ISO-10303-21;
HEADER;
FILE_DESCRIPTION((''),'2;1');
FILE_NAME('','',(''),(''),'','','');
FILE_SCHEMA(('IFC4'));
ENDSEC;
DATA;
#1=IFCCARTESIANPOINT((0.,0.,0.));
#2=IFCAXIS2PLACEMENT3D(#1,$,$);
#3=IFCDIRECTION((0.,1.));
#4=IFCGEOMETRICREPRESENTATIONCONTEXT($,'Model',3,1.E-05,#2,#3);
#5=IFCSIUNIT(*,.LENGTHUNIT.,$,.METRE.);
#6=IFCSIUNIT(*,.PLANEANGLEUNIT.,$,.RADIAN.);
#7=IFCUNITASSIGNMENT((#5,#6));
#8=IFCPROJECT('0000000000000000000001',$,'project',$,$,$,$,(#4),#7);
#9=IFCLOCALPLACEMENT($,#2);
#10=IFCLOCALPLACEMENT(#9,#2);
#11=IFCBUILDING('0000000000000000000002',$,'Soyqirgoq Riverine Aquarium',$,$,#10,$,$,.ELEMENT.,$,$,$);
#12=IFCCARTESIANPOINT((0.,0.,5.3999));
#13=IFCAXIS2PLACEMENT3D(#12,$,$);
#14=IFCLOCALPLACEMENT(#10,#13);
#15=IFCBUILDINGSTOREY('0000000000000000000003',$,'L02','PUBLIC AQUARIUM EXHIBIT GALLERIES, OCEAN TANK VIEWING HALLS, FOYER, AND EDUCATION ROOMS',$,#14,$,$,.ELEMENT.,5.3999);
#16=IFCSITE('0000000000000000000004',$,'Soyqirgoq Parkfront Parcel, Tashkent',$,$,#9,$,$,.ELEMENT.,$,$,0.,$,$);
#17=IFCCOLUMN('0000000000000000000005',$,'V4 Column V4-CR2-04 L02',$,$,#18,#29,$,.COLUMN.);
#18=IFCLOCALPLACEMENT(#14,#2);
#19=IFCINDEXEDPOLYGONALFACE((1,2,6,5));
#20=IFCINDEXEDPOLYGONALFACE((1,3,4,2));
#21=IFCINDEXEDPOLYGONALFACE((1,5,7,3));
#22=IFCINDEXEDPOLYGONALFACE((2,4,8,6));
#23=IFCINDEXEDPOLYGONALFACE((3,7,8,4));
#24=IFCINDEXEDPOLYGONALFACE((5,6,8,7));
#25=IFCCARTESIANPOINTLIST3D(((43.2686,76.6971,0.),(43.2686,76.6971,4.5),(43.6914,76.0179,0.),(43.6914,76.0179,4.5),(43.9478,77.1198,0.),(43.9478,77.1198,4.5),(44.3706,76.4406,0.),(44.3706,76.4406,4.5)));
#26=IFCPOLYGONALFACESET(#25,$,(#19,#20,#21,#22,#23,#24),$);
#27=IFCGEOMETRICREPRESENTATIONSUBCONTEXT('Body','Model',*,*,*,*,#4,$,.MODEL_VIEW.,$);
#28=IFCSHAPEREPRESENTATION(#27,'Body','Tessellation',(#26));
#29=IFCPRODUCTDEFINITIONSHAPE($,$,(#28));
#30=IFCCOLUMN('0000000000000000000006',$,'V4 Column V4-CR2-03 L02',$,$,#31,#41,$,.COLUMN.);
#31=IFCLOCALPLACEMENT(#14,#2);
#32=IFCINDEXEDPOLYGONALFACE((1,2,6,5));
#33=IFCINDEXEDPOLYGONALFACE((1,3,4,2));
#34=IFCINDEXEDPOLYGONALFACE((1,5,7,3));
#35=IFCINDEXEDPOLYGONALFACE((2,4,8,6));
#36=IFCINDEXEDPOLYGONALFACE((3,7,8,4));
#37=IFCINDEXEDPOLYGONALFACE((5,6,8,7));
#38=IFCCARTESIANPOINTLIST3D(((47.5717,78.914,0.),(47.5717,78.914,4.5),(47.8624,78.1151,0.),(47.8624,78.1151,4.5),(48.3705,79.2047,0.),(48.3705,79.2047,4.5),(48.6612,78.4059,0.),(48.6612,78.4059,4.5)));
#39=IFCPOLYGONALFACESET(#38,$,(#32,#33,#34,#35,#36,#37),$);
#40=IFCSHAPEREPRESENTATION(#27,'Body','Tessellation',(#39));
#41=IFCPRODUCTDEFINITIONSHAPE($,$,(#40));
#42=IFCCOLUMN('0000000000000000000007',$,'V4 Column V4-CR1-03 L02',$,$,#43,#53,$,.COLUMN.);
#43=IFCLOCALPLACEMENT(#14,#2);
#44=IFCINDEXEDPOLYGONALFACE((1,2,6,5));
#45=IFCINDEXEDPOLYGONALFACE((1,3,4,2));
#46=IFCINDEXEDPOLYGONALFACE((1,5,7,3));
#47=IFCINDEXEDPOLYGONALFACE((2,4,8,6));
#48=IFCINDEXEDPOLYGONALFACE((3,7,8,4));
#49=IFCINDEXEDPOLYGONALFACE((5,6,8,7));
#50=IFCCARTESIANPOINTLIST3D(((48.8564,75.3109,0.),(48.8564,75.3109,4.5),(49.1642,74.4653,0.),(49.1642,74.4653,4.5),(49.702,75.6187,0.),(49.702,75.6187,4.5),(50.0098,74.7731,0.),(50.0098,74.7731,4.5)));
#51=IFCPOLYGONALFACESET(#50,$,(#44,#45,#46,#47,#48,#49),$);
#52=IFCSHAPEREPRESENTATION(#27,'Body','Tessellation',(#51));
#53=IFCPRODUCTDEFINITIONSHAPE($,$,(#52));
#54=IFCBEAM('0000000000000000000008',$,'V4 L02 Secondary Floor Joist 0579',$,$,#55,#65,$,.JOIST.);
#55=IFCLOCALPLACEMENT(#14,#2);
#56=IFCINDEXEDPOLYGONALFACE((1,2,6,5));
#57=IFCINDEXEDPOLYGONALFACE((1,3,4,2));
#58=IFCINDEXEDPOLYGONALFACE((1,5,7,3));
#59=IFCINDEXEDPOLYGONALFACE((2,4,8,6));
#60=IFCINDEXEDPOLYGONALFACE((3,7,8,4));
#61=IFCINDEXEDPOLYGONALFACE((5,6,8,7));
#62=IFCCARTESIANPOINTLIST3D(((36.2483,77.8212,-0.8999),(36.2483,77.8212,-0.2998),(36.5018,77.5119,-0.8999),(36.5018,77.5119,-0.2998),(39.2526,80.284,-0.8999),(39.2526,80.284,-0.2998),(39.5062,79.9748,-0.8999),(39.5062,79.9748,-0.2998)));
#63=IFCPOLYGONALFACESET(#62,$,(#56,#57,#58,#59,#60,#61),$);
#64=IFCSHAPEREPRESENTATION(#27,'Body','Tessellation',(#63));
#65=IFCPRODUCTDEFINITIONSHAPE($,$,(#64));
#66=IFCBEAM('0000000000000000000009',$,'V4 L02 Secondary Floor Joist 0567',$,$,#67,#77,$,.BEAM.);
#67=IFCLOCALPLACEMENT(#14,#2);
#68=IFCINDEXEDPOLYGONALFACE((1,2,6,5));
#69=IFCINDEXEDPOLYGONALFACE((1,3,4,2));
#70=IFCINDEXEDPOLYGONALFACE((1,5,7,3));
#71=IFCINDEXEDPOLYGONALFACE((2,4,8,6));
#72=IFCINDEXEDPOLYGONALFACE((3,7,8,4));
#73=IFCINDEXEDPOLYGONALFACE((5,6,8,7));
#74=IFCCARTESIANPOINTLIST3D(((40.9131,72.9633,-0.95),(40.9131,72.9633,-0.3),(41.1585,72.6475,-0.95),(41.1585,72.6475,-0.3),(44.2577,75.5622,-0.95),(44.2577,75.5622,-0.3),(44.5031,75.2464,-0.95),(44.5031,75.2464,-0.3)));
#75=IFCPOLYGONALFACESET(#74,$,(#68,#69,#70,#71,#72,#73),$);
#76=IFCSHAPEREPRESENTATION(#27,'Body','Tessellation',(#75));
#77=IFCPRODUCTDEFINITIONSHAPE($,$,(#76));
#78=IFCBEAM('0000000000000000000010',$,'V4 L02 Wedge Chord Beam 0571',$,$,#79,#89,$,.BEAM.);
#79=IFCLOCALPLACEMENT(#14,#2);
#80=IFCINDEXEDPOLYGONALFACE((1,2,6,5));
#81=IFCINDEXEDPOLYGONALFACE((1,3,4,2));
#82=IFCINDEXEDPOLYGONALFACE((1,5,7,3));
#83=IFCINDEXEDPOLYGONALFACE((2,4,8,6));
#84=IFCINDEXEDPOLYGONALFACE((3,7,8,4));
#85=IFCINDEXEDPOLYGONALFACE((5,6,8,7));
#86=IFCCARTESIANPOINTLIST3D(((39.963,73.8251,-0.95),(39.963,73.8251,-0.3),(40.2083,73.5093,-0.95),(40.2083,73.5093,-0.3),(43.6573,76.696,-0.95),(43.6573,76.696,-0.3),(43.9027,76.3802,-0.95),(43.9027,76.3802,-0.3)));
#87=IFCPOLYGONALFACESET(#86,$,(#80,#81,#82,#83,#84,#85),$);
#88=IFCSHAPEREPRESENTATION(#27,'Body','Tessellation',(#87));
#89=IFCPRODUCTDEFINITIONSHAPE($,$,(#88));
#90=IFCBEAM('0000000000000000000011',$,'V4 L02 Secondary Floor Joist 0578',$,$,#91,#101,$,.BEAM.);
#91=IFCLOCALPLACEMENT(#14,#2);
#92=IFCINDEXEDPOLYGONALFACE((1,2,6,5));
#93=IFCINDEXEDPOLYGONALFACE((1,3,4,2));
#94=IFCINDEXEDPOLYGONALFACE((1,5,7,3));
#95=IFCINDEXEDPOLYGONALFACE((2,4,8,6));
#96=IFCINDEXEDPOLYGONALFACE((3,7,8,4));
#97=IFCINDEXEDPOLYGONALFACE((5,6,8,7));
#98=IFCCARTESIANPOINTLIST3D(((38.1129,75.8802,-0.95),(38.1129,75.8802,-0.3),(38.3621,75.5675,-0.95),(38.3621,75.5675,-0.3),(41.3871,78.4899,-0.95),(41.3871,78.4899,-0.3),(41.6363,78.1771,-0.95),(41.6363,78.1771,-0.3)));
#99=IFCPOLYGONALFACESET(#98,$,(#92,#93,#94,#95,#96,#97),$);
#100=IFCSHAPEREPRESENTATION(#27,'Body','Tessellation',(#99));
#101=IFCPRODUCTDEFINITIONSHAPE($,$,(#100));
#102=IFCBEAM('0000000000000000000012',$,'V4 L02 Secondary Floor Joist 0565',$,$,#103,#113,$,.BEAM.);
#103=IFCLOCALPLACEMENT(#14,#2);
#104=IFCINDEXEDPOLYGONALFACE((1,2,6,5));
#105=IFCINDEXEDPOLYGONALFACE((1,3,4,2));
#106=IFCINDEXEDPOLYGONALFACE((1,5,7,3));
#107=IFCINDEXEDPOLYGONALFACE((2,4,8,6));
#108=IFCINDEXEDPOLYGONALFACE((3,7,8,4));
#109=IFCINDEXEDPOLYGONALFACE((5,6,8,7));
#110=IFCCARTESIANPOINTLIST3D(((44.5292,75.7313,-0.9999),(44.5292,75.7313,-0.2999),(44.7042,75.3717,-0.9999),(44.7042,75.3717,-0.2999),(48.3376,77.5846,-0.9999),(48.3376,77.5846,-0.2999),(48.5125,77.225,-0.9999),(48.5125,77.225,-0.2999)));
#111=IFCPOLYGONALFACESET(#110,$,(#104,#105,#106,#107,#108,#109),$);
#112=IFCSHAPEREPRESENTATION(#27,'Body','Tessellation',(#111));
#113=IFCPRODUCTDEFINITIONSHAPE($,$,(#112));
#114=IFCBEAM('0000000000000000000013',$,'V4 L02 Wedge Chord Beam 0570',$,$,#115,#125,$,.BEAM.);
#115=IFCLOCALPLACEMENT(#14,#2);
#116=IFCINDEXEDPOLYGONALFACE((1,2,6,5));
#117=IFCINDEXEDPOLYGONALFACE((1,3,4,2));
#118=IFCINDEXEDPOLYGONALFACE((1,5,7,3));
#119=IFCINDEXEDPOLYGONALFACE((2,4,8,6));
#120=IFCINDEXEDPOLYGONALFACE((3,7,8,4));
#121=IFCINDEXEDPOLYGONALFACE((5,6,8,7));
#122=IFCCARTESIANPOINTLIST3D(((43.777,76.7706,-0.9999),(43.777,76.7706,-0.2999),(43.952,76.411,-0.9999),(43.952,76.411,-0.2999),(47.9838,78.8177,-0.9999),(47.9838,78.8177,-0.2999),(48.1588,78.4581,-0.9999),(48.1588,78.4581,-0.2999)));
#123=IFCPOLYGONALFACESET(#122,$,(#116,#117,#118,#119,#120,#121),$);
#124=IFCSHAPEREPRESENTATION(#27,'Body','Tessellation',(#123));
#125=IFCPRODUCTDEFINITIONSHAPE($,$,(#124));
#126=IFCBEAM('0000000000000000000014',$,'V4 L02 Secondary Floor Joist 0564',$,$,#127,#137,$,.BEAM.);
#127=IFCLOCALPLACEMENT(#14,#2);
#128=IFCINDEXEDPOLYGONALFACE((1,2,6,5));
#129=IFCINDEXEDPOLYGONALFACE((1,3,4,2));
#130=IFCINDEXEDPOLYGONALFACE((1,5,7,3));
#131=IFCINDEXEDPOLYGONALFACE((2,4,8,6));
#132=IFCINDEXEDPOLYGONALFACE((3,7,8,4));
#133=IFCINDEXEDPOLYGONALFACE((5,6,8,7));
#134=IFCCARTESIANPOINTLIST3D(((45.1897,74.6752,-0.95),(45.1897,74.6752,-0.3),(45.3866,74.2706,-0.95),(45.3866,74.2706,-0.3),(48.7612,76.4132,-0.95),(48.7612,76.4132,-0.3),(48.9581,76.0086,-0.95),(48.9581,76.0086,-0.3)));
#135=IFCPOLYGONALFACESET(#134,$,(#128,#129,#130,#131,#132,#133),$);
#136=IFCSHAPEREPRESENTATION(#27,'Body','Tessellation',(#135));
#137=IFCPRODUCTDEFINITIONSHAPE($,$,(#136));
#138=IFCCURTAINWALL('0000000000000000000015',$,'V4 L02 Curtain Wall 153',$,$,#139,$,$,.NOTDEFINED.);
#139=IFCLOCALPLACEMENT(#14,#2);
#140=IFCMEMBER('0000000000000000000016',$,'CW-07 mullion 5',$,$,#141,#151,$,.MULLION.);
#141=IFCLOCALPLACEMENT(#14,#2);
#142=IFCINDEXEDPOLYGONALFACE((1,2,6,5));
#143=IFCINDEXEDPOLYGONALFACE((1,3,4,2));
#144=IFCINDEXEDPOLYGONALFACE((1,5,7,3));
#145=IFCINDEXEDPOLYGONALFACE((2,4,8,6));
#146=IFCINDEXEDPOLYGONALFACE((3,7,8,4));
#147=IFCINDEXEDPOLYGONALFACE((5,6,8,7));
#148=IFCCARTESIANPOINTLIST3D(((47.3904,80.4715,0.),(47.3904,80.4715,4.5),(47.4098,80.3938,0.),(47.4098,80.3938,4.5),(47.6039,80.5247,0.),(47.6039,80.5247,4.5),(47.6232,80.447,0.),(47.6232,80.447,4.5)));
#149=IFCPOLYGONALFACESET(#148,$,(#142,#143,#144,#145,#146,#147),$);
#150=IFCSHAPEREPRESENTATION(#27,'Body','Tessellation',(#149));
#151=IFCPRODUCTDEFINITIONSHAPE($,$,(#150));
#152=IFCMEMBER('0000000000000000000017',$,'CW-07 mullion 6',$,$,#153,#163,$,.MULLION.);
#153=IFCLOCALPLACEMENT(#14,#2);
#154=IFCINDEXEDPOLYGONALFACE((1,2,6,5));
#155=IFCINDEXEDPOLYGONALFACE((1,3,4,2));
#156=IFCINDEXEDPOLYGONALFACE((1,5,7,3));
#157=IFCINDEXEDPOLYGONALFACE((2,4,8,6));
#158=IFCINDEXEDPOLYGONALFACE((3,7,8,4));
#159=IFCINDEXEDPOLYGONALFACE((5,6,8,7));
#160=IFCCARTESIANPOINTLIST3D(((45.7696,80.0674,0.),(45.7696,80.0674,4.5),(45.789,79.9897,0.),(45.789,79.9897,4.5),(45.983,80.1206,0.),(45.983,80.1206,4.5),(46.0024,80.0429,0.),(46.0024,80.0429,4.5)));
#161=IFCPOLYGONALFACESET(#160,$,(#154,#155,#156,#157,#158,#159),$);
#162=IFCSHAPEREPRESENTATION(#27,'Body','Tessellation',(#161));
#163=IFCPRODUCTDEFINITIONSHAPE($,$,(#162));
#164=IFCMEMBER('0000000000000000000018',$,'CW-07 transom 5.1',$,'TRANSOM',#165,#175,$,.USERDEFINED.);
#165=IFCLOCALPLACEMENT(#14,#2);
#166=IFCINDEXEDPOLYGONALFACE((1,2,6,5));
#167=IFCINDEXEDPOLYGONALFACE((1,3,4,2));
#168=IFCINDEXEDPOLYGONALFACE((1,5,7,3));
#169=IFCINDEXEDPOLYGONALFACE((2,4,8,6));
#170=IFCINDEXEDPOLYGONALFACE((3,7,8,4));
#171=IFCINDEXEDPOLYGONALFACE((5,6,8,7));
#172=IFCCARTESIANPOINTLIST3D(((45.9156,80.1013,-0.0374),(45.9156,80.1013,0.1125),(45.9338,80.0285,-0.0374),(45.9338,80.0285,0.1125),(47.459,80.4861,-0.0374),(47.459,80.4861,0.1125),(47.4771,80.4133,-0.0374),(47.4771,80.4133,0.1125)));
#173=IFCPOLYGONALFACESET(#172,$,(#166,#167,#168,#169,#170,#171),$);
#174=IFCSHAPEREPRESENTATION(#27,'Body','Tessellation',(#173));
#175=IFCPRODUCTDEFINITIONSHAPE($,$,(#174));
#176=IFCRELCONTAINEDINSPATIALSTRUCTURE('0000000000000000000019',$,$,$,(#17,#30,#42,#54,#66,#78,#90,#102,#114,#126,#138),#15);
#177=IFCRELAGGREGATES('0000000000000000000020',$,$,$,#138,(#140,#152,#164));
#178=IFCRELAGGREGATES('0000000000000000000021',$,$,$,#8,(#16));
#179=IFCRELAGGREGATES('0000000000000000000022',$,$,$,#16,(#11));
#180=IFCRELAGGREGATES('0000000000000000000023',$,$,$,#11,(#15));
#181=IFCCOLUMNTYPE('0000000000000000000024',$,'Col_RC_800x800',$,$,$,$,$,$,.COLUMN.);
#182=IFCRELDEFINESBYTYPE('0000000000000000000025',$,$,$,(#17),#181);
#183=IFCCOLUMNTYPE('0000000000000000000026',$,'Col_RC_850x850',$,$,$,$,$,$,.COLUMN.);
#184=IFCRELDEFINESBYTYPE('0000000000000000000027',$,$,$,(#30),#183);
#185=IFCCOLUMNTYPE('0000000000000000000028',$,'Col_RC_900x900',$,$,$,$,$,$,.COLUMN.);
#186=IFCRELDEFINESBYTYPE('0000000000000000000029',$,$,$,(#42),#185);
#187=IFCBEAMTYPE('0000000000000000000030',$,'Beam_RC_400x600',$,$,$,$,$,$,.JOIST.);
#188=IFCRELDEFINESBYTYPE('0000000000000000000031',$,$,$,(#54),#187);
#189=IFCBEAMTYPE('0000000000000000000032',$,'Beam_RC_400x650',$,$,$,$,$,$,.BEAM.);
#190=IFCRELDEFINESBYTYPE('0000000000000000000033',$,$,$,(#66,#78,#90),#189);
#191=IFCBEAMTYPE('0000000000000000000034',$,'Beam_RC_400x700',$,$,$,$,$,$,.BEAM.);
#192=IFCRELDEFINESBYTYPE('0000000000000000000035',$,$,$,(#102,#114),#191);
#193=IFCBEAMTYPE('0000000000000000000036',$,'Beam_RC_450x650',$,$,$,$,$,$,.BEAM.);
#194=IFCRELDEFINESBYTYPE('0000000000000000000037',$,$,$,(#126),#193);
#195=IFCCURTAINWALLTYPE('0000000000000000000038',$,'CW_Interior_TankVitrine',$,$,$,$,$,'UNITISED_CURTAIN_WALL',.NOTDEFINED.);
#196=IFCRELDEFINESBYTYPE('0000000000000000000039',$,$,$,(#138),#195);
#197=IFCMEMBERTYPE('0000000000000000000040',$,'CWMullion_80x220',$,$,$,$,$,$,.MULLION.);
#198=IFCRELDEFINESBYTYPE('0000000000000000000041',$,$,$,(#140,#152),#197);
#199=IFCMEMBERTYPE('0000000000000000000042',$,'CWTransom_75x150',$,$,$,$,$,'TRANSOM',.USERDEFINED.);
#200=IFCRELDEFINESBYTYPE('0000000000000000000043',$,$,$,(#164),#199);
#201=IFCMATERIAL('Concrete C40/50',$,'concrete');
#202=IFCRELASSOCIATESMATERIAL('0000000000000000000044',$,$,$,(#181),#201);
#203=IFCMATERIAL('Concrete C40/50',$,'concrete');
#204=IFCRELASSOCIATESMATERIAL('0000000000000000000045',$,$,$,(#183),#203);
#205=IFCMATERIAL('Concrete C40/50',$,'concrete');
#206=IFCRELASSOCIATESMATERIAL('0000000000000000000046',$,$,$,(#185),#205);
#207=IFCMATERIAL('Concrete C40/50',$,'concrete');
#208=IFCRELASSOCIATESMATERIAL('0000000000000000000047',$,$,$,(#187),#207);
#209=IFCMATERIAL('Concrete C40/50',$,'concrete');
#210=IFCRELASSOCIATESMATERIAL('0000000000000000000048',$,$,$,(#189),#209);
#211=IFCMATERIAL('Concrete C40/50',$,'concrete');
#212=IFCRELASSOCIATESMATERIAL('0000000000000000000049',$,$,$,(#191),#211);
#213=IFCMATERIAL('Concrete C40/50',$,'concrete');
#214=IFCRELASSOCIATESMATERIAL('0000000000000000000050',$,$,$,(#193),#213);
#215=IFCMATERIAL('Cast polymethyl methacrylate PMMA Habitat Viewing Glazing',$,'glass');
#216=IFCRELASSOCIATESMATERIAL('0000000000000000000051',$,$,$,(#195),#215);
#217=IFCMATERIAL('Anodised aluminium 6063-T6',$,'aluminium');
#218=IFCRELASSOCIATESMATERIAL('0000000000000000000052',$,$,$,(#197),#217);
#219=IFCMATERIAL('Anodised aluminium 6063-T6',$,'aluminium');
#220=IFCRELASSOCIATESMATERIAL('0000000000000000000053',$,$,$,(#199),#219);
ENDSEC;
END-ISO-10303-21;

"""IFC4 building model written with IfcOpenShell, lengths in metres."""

from ifc_helpers import new_model, si_unit, direction, frame, origin, origin_2d, place, context, subcontext, project, spatial, rectangle, extrude, material, material_profile, profile_set, type_object, element, aggregate, save


model = new_model("IFC4")

# Units and contexts
model_context = context("Model", 3, precision=1e-05, world=origin(), true_north=direction((0.0, 1.0)))
body_context = subcontext(model_context, "Body", "Model", "MODEL_VIEW")
ifc_project = project(units=[si_unit("LENGTHUNIT", "METRE"), si_unit("PLANEANGLEUNIT", "RADIAN")], contexts=[model_context])

# Site, building, storey
site_placement = place(None, origin())
site = spatial("IfcSite", under=ifc_project, at=site_placement, Name="Soyqirgoq Parkfront Parcel, Tashkent", CompositionType="ELEMENT", RefElevation=0.0)
building_placement = place(site_placement, origin())
building = spatial("IfcBuilding", under=site, at=building_placement, Name="Soyqirgoq Riverine Aquarium", CompositionType="ELEMENT")
storey_placement = place(building_placement, frame((0.0, 0.0, 5.3999)))
storey = spatial("IfcBuildingStorey", under=building, at=storey_placement, Name="L02", Description="PUBLIC AQUARIUM EXHIBIT GALLERIES, OCEAN TANK VIEWING HALLS, FOYER, AND EDUCATION ROOMS", CompositionType="ELEMENT", Elevation=5.3999)

# Columns
ifc_material_1 = material(Name="Concrete C40/50", Category="concrete")
ifc_material_profile_1 = material_profile(ifc_material_1, rectangle(XDim=0.8, YDim=0.8, at=origin_2d()), Name="RC 800x800")
ifc_profile_set_1 = profile_set([ifc_material_profile_1], Name="Concrete C40/50")
column_type_1 = type_object("IfcColumnType", Name="Col_RC_800x800", PredefinedType="COLUMN", material=ifc_profile_set_1)
column_1_placement = place(storey_placement, frame((43.8196, 76.5688, 0.0), z_axis=(0.0, 0.0, 1.0), x_axis=(-0.528438, 0.848972, 0.0)))
element("IfcColumn", 1, at=column_1_placement, inside=storey, type_object=column_type_1, Name="V4 Column V4-CR2-04 L02", PredefinedType="COLUMN", context=body_context, shape_type="SweptSolid", body=[
    extrude(rectangle(XDim=0.8, YDim=0.8, at=origin_2d()), origin(), (0.0, 0.0, 1.0), 4.5),
])
ifc_material_2 = material(Name="Concrete C40/50", Category="concrete")
ifc_material_profile_2 = material_profile(ifc_material_2, rectangle(XDim=0.8501, YDim=0.8501, at=origin_2d()), Name="RC 850x850")
ifc_profile_set_2 = profile_set([ifc_material_profile_2], Name="Concrete C40/50")
column_type_2 = type_object("IfcColumnType", Name="Col_RC_850x850", PredefinedType="COLUMN", material=ifc_profile_set_2)
column_2_placement = place(storey_placement, frame((48.1165, 78.6599, 0.0), z_axis=(0.0, 0.0, 1.0), x_axis=(-0.34202, 0.939693, 0.0)))
element("IfcColumn", 2, at=column_2_placement, inside=storey, type_object=column_type_2, Name="V4 Column V4-CR2-03 L02", PredefinedType="COLUMN", context=body_context, shape_type="SweptSolid", body=[
    extrude(rectangle(XDim=0.8501, YDim=0.8501, at=origin_2d()), origin(), (0.0, 0.0, 1.0), 4.5),
])
ifc_material_3 = material(Name="Concrete C40/50", Category="concrete")
ifc_material_profile_3 = material_profile(ifc_material_3, rectangle(XDim=0.8999, YDim=0.8999, at=origin_2d()), Name="RC 900x900")
ifc_profile_set_3 = profile_set([ifc_material_profile_3], Name="Concrete C40/50")
column_type_3 = type_object("IfcColumnType", Name="Col_RC_900x900", PredefinedType="COLUMN", material=ifc_profile_set_3)
column_3_placement = place(storey_placement, frame((49.4331, 75.042, 0.0), z_axis=(0.0, 0.0, 1.0), x_axis=(-0.34202, 0.939693, 0.0)))
element("IfcColumn", 3, at=column_3_placement, inside=storey, type_object=column_type_3, Name="V4 Column V4-CR1-03 L02", PredefinedType="COLUMN", context=body_context, shape_type="SweptSolid", body=[
    extrude(rectangle(XDim=0.8999, YDim=0.8999, at=origin_2d()), origin(), (0.0, 0.0, 1.0), 4.5),
])

# Beams
ifc_material_4 = material(Name="Concrete C40/50", Category="concrete")
ifc_material_profile_4 = material_profile(ifc_material_4, rectangle(XDim=0.3999, YDim=0.6001, at=origin_2d()), Name="RC 400x600")
ifc_profile_set_4 = profile_set([ifc_material_profile_4], Name="Concrete C40/50")
beam_type_1 = type_object("IfcBeamType", Name="Beam_RC_400x600", PredefinedType="JOIST", material=ifc_profile_set_4)
beam_1_placement = place(storey_placement, frame((39.3794, 80.1294, -0.5999), z_axis=(-0.773358, -0.63397, 0.0), x_axis=(0.63397, -0.773358, 0.0)))
element("IfcBeam", 4, at=beam_1_placement, inside=storey, type_object=beam_type_1, Name="V4 L02 Secondary Floor Joist 0579", PredefinedType="JOIST", context=body_context, shape_type="SweptSolid", body=[
    extrude(rectangle(XDim=0.3999, YDim=0.6001, at=origin_2d()), origin(), (0.0, 0.0, 1.0), 3.8848),
])
ifc_material_5 = material(Name="Concrete C40/50", Category="concrete")
ifc_material_profile_5 = material_profile(ifc_material_5, rectangle(XDim=0.3999, YDim=0.6499, at=origin_2d()), Name="RC 400x650")
ifc_profile_set_5 = profile_set([ifc_material_profile_5], Name="Concrete C40/50")
beam_type_2 = type_object("IfcBeamType", Name="Beam_RC_400x650", PredefinedType="BEAM", material=ifc_profile_set_5)
beam_2_placement = place(storey_placement, frame((44.3804, 75.4043, -0.625), z_axis=(-0.789625, -0.613589, 0.0), x_axis=(0.613589, -0.789625, 0.0)))
element("IfcBeam", 5, at=beam_2_placement, inside=storey, type_object=beam_type_2, Name="V4 L02 Secondary Floor Joist 0567", PredefinedType="BEAM", context=body_context, shape_type="SweptSolid", body=[
    extrude(rectangle(XDim=0.3999, YDim=0.6499, at=origin_2d()), origin(), (0.0, 0.0, 1.0), 4.2356),
])
beam_3_placement = place(storey_placement, frame((43.78, 76.5381, -0.625), z_axis=(-0.789613, -0.613605, 0.0), x_axis=(0.613605, -0.789613, 0.0)))
element("IfcBeam", 6, at=beam_3_placement, inside=storey, type_object=beam_type_2, Name="V4 L02 Wedge Chord Beam 0571", PredefinedType="BEAM", context=body_context, shape_type="SweptSolid", body=[
    extrude(rectangle(XDim=0.3999, YDim=0.6499, at=origin_2d()), origin(), (0.0, 0.0, 1.0), 4.6787),
])
beam_4_placement = place(storey_placement, frame((41.5117, 78.3335, -0.625), z_axis=(-0.782, -0.623279, 0.0), x_axis=(0.623279, -0.782, 0.0)))
element("IfcBeam", 7, at=beam_4_placement, inside=storey, type_object=beam_type_2, Name="V4 L02 Secondary Floor Joist 0578", PredefinedType="BEAM", context=body_context, shape_type="SweptSolid", body=[
    extrude(rectangle(XDim=0.3999, YDim=0.6499, at=origin_2d()), origin(), (0.0, 0.0, 1.0), 4.187),
])
ifc_material_6 = material(Name="Concrete C40/50", Category="concrete")
ifc_material_profile_6 = material_profile(ifc_material_6, rectangle(XDim=0.3999, YDim=0.7, at=origin_2d()), Name="RC 400x700")
ifc_profile_set_6 = profile_set([ifc_material_profile_6], Name="Concrete C40/50")
beam_type_3 = type_object("IfcBeamType", Name="Beam_RC_400x700", PredefinedType="BEAM", material=ifc_profile_set_6)
beam_5_placement = place(storey_placement, frame((48.425, 77.4048, -0.6499), z_axis=(-0.899183, -0.437573, 0.0), x_axis=(0.437573, -0.899183, 0.0)))
element("IfcBeam", 8, at=beam_5_placement, inside=storey, type_object=beam_type_3, Name="V4 L02 Secondary Floor Joist 0565", PredefinedType="BEAM", context=body_context, shape_type="SweptSolid", body=[
    extrude(rectangle(XDim=0.3999, YDim=0.7, at=origin_2d()), origin(), (0.0, 0.0, 1.0), 4.2354),
])
beam_6_placement = place(storey_placement, frame((48.0713, 78.6379, -0.6499), z_axis=(-0.899187, -0.437565, 0.0), x_axis=(0.437565, -0.899187, 0.0)))
element("IfcBeam", 9, at=beam_6_placement, inside=storey, type_object=beam_type_3, Name="V4 L02 Wedge Chord Beam 0570", PredefinedType="BEAM", context=body_context, shape_type="SweptSolid", body=[
    extrude(rectangle(XDim=0.3999, YDim=0.7, at=origin_2d()), origin(), (0.0, 0.0, 1.0), 4.6785),
])
ifc_material_7 = material(Name="Concrete C40/50", Category="concrete")
ifc_material_profile_7 = material_profile(ifc_material_7, rectangle(XDim=0.45, YDim=0.6499, at=origin_2d()), Name="RC 450x650")
ifc_profile_set_7 = profile_set([ifc_material_profile_7], Name="Concrete C40/50")
beam_type_4 = type_object("IfcBeamType", Name="Beam_RC_450x650", PredefinedType="BEAM", material=ifc_profile_set_7)
beam_7_placement = place(storey_placement, frame((48.8596, 76.2109, -0.625), z_axis=(-0.899182, -0.437575, 0.0), x_axis=(0.437575, -0.899182, 0.0)))
element("IfcBeam", 10, at=beam_7_placement, inside=storey, type_object=beam_type_4, Name="V4 L02 Secondary Floor Joist 0564", PredefinedType="BEAM", context=body_context, shape_type="SweptSolid", body=[
    extrude(rectangle(XDim=0.45, YDim=0.6499, at=origin_2d()), origin(), (0.0, 0.0, 1.0), 3.9719),
])

# Curtain wall, members
ifc_material_8 = material(Name="Cast polymethyl methacrylate PMMA Habitat Viewing Glazing", Category="glass")
curtain_wall_type = type_object("IfcCurtainWallType", Name="CW_Interior_TankVitrine", ElementType="UNITISED_CURTAIN_WALL", PredefinedType="NOTDEFINED", material=ifc_material_8)
curtain_wall_placement = place(storey_placement, origin())
curtain_wall = element("IfcCurtainWall", 11, at=curtain_wall_placement, inside=storey, type_object=curtain_wall_type, Name="V4 L02 Curtain Wall 153", PredefinedType="NOTDEFINED")
ifc_material_9 = material(Name="Anodised aluminium 6063-T6", Category="aluminium")
ifc_material_profile_8 = material_profile(ifc_material_9, rectangle(XDim=0.0801, YDim=0.22, at=origin_2d()), Name="ALU-M 80x220")
ifc_profile_set_8 = profile_set([ifc_material_profile_8], Name="Anodised aluminium 6063-T6")
member_type_1 = type_object("IfcMemberType", Name="CWMullion_80x220", PredefinedType="MULLION", material=ifc_profile_set_8)
member_1_placement = place(storey_placement, frame((47.5068, 80.4592, 0.0), z_axis=(0.0, 0.0, 1.0), x_axis=(0.241922, -0.970296, 0.0)))
member_1 = element("IfcMember", 12, at=member_1_placement, type_object=member_type_1, Name="CW-07 mullion 5", PredefinedType="MULLION", context=body_context, shape_type="SweptSolid", body=[
    extrude(rectangle(XDim=0.0801, YDim=0.22, at=origin_2d()), origin(), (0.0, 0.0, 1.0), 4.5),
])
member_2_placement = place(storey_placement, frame((45.886, 80.0552, 0.0), z_axis=(0.0, 0.0, 1.0), x_axis=(0.241922, -0.970296, 0.0)))
member_2 = element("IfcMember", 13, at=member_2_placement, type_object=member_type_1, Name="CW-07 mullion 6", PredefinedType="MULLION", context=body_context, shape_type="SweptSolid", body=[
    extrude(rectangle(XDim=0.0801, YDim=0.22, at=origin_2d()), origin(), (0.0, 0.0, 1.0), 4.5),
])
ifc_material_10 = material(Name="Anodised aluminium 6063-T6", Category="aluminium")
ifc_material_profile_9 = material_profile(ifc_material_10, rectangle(XDim=0.075, YDim=0.1499, at=origin_2d()), Name="ALU-T 75x150")
ifc_profile_set_9 = profile_set([ifc_material_profile_9], Name="Anodised aluminium 6063-T6")
member_type_2 = type_object("IfcMemberType", Name="CWTransom_75x150", ElementType="TRANSOM", PredefinedType="USERDEFINED", material=ifc_profile_set_9)
member_3_placement = place(storey_placement, frame((47.468, 80.4497, 0.0376), z_axis=(-0.970296, -0.241922, 0.0), x_axis=(0.241922, -0.970296, 0.0)))
member_3 = element("IfcMember", 14, at=member_3_placement, type_object=member_type_2, Name="CW-07 transom 5.1", ObjectType="TRANSOM", PredefinedType="USERDEFINED", context=body_context, shape_type="SweptSolid", body=[
    extrude(rectangle(XDim=0.075, YDim=0.1499, at=origin_2d()), origin(), (0.0, 0.0, 1.0), 1.5906),
])

aggregate(curtain_wall, [member_1, member_2, member_3])

save(model, "model.ifc")
